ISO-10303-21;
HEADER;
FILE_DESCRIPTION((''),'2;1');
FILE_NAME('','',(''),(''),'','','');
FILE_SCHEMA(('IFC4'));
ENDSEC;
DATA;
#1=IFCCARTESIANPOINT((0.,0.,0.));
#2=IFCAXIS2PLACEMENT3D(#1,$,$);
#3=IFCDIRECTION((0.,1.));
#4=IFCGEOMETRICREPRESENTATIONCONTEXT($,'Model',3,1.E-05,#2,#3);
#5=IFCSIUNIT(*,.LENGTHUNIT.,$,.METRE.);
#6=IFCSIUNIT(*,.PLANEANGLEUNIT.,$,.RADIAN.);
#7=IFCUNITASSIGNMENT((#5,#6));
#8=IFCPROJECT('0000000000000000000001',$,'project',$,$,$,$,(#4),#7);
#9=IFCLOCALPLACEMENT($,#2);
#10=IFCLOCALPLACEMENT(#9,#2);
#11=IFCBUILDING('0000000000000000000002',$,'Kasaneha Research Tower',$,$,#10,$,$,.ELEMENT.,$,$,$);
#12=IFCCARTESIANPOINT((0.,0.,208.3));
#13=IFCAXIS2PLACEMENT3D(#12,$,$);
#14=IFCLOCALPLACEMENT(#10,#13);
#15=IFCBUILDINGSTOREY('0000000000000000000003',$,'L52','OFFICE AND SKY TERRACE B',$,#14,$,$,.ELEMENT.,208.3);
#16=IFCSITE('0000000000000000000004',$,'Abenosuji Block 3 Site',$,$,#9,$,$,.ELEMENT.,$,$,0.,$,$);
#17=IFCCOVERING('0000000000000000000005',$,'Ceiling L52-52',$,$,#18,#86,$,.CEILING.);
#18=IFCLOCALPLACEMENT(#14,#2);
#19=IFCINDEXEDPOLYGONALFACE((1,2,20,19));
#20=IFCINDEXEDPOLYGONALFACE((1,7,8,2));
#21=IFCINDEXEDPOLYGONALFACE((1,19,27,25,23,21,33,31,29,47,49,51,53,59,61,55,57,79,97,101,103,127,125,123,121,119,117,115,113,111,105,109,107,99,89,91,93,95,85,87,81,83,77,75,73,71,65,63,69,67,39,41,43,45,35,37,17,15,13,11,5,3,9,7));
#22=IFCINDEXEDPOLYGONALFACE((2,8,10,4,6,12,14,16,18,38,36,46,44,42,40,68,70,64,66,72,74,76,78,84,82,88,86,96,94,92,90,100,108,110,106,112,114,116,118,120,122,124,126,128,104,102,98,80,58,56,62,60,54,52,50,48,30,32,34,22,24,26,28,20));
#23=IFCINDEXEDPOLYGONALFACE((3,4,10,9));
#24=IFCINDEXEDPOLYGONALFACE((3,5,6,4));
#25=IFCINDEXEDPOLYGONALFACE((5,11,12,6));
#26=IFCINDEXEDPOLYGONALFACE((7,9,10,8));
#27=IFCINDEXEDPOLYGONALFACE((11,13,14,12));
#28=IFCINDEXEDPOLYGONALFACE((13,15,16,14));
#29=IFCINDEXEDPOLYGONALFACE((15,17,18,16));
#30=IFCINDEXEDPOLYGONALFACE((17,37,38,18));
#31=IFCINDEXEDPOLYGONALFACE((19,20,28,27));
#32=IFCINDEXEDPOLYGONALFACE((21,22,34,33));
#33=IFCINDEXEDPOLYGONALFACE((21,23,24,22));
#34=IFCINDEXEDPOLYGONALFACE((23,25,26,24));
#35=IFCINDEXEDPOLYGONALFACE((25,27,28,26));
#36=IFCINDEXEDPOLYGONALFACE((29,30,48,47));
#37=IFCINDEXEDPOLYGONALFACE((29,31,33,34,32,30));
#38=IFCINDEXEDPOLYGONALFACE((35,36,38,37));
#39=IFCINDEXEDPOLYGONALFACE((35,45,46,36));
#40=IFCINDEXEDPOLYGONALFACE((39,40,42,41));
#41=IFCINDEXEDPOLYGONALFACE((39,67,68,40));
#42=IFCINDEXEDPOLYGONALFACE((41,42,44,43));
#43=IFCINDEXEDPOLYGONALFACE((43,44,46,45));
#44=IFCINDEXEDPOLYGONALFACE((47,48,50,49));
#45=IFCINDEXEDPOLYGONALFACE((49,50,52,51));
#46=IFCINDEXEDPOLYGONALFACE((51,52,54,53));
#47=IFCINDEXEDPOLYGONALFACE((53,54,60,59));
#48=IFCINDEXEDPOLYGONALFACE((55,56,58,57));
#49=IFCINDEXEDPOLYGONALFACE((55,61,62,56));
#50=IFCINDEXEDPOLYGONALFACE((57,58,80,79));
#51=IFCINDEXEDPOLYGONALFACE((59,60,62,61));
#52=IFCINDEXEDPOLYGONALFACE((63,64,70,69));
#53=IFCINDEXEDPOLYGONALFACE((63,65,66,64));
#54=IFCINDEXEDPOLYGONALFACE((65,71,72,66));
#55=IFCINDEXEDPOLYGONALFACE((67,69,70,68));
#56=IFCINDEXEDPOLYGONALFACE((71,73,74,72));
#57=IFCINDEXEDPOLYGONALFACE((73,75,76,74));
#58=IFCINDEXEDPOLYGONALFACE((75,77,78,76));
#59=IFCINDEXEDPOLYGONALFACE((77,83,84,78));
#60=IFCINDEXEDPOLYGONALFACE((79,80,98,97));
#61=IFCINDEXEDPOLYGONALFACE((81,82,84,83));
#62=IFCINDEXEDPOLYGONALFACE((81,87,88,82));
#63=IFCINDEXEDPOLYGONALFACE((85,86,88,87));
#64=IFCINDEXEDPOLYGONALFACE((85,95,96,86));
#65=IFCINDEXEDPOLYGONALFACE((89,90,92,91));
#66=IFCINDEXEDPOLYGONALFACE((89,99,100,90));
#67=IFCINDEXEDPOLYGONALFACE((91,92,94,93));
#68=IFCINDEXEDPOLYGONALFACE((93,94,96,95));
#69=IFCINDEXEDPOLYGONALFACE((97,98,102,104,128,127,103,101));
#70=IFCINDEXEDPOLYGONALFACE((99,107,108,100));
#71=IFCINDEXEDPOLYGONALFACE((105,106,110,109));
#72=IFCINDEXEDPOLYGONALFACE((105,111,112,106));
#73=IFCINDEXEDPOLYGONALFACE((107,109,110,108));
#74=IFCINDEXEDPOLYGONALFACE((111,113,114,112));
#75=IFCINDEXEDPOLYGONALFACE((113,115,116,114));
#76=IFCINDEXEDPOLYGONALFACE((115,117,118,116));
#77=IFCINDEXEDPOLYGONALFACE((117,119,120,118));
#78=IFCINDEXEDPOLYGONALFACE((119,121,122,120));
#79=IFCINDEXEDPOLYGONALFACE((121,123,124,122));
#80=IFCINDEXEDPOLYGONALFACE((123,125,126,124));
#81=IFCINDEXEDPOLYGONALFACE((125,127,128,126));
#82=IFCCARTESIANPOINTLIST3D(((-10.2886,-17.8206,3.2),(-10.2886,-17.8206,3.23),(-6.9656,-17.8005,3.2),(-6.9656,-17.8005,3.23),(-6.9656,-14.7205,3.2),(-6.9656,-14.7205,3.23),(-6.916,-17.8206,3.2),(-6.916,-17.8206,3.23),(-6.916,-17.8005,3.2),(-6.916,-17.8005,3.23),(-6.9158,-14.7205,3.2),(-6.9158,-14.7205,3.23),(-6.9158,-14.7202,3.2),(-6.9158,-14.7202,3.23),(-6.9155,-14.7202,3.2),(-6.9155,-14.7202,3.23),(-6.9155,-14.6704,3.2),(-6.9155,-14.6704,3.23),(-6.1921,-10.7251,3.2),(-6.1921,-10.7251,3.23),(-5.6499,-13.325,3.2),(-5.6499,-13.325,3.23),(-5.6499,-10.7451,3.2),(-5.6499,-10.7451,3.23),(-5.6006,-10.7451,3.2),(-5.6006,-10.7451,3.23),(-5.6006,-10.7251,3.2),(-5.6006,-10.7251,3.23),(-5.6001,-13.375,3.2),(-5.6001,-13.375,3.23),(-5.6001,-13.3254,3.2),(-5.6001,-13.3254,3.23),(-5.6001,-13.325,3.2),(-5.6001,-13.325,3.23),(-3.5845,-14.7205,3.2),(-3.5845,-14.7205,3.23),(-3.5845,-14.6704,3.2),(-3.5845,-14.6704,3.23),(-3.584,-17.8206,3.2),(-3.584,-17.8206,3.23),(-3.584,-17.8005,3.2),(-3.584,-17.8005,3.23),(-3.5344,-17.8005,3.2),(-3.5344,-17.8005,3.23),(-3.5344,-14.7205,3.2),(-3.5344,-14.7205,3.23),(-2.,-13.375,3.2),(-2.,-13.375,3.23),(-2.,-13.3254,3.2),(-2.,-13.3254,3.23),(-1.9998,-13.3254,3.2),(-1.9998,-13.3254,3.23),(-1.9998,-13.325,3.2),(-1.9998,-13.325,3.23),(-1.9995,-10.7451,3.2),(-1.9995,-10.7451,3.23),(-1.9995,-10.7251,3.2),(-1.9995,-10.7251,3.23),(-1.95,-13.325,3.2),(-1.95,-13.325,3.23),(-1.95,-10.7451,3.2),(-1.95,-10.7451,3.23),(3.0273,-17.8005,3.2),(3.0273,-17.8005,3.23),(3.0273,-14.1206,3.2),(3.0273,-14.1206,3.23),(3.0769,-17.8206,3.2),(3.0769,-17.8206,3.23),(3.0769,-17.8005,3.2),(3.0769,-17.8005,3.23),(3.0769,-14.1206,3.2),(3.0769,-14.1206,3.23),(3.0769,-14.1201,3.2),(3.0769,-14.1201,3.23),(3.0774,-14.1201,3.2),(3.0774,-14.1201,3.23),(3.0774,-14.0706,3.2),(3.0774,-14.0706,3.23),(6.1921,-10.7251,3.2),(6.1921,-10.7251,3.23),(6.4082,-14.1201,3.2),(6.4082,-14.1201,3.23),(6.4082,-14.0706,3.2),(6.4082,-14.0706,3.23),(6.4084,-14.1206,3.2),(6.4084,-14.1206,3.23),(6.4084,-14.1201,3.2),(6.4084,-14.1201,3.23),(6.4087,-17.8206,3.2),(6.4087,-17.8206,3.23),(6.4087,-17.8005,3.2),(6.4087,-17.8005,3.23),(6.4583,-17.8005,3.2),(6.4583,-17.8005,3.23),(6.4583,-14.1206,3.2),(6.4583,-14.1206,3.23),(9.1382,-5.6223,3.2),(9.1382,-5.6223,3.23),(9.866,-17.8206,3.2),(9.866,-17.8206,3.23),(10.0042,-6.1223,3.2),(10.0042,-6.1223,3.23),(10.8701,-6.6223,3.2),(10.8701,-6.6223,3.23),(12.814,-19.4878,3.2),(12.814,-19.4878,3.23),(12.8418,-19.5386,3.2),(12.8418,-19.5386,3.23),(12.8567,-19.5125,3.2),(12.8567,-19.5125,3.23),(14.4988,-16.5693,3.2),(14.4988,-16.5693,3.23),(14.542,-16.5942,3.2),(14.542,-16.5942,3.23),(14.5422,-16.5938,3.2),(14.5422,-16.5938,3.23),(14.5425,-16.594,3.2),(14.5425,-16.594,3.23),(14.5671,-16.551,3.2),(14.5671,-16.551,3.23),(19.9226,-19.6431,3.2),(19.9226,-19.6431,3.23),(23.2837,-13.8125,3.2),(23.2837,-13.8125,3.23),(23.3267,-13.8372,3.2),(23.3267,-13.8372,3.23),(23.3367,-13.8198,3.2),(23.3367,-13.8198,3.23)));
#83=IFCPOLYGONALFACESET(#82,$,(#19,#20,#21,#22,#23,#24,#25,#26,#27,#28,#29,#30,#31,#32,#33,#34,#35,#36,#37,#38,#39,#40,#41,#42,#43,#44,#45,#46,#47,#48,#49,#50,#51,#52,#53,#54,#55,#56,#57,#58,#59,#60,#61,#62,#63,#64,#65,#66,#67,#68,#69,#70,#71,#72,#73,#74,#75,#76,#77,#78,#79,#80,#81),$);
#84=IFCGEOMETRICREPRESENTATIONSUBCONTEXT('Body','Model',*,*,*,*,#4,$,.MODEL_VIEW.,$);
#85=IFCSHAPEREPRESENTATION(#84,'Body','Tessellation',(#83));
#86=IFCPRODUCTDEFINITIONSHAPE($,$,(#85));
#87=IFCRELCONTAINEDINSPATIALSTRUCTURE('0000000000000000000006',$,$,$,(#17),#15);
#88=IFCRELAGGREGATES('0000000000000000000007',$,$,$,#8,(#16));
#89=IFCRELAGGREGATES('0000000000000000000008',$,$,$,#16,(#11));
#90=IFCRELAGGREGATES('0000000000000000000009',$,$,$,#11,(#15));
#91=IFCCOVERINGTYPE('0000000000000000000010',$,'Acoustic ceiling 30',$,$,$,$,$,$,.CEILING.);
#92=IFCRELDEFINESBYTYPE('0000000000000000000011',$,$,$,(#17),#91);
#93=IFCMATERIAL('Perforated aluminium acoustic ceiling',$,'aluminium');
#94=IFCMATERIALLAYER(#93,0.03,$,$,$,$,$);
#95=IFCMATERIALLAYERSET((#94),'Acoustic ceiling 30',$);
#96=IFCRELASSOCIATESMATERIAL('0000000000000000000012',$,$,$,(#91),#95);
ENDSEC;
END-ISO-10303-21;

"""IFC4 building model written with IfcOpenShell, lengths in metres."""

from ifc_helpers import new_model, si_unit, direction, frame, origin, place, context, subcontext, project, spatial, polyline, outline, extrude, material, layer, layer_set, type_object, element, save


model = new_model("IFC4")

# Units and contexts
model_context = context("Model", 3, precision=1e-05, world=origin(), true_north=direction((0.0, 1.0)))
body_context = subcontext(model_context, "Body", "Model", "MODEL_VIEW")
ifc_project = project(units=[si_unit("LENGTHUNIT", "METRE"), si_unit("PLANEANGLEUNIT", "RADIAN")], contexts=[model_context])

# Site, building, storey
site_placement = place(None, origin())
site = spatial("IfcSite", under=ifc_project, at=site_placement, Name="Abenosuji Block 3 Site", CompositionType="ELEMENT", RefElevation=0.0)
building_placement = place(site_placement, origin())
building = spatial("IfcBuilding", under=site, at=building_placement, Name="Kasaneha Research Tower", CompositionType="ELEMENT")
storey_placement = place(building_placement, frame((0.0, 0.0, 208.3)))
storey = spatial("IfcBuildingStorey", under=building, at=storey_placement, Name="L52", Description="OFFICE AND SKY TERRACE B", CompositionType="ELEMENT", Elevation=208.3)

# Covering
ifc_material_1 = material(Name="Perforated aluminium acoustic ceiling", Category="aluminium")
ifc_layer_1 = layer(ifc_material_1, 0.03)
ifc_layer_set_1 = layer_set([ifc_layer_1], Name="Acoustic ceiling 30")
covering_type = type_object("IfcCoveringType", Name="Acoustic ceiling 30", PredefinedType="CEILING", material=ifc_layer_set_1)
covering_1_placement = place(storey_placement, frame((0.0, 0.0, 3.2)))
element("IfcCovering", 1, at=covering_1_placement, inside=storey, type_object=covering_type, Name="Ceiling L52-52", PredefinedType="CEILING", context=body_context, shape_type="SweptSolid", body=[
    extrude(outline(polyline([(-5.6006, -10.7251), (-5.6006, -10.7451), (-5.6499, -10.7451), (-5.6499, -13.325), (-5.6001, -13.325), (-5.6001, -13.3254), (-5.6001, -13.375), (-2.0, -13.375), (-2.0, -13.3254), (-1.9998, -13.3254), (-1.9998, -13.325), (-1.95, -13.325), (-1.95, -10.7451), (-1.9995, -10.7451), (-1.9995, -10.7251), (6.1921, -10.7251), (9.1382, -5.6223), (10.0042, -6.1223), (10.0042, -6.1223), (10.8701, -6.6223), (10.8701, -6.6223), (23.3367, -13.8198), (23.3267, -13.8372), (23.2837, -13.8125), (19.9226, -19.6431), (14.5671, -16.551), (14.5425, -16.594), (14.5422, -16.5938), (14.542, -16.5942), (14.4988, -16.5693), (12.814, -19.4878), (12.8567, -19.5125), (12.8418, -19.5386), (9.866, -17.8206), (6.4087, -17.8206), (6.4087, -17.8005), (6.4583, -17.8005), (6.4583, -14.1206), (6.4084, -14.1206), (6.4084, -14.1201), (6.4082, -14.1201), (6.4082, -14.0706), (3.0774, -14.0706), (3.0774, -14.1201), (3.0769, -14.1201), (3.0769, -14.1206), (3.0273, -14.1206), (3.0273, -17.8005), (3.0769, -17.8005), (3.0769, -17.8206), (-3.584, -17.8206), (-3.584, -17.8005), (-3.5344, -17.8005), (-3.5344, -14.7205), (-3.5845, -14.7205), (-3.5845, -14.6704), (-6.9155, -14.6704), (-6.9155, -14.7202), (-6.9158, -14.7202), (-6.9158, -14.7205), (-6.9656, -14.7205), (-6.9656, -17.8005), (-6.916, -17.8005), (-6.916, -17.8206), (-10.2886, -17.8206), (-6.1921, -10.7251), (-5.6006, -10.7251)])), origin(), (0.0, 0.0, 1.0), 0.03),
])

save(model, "model.ifc")
